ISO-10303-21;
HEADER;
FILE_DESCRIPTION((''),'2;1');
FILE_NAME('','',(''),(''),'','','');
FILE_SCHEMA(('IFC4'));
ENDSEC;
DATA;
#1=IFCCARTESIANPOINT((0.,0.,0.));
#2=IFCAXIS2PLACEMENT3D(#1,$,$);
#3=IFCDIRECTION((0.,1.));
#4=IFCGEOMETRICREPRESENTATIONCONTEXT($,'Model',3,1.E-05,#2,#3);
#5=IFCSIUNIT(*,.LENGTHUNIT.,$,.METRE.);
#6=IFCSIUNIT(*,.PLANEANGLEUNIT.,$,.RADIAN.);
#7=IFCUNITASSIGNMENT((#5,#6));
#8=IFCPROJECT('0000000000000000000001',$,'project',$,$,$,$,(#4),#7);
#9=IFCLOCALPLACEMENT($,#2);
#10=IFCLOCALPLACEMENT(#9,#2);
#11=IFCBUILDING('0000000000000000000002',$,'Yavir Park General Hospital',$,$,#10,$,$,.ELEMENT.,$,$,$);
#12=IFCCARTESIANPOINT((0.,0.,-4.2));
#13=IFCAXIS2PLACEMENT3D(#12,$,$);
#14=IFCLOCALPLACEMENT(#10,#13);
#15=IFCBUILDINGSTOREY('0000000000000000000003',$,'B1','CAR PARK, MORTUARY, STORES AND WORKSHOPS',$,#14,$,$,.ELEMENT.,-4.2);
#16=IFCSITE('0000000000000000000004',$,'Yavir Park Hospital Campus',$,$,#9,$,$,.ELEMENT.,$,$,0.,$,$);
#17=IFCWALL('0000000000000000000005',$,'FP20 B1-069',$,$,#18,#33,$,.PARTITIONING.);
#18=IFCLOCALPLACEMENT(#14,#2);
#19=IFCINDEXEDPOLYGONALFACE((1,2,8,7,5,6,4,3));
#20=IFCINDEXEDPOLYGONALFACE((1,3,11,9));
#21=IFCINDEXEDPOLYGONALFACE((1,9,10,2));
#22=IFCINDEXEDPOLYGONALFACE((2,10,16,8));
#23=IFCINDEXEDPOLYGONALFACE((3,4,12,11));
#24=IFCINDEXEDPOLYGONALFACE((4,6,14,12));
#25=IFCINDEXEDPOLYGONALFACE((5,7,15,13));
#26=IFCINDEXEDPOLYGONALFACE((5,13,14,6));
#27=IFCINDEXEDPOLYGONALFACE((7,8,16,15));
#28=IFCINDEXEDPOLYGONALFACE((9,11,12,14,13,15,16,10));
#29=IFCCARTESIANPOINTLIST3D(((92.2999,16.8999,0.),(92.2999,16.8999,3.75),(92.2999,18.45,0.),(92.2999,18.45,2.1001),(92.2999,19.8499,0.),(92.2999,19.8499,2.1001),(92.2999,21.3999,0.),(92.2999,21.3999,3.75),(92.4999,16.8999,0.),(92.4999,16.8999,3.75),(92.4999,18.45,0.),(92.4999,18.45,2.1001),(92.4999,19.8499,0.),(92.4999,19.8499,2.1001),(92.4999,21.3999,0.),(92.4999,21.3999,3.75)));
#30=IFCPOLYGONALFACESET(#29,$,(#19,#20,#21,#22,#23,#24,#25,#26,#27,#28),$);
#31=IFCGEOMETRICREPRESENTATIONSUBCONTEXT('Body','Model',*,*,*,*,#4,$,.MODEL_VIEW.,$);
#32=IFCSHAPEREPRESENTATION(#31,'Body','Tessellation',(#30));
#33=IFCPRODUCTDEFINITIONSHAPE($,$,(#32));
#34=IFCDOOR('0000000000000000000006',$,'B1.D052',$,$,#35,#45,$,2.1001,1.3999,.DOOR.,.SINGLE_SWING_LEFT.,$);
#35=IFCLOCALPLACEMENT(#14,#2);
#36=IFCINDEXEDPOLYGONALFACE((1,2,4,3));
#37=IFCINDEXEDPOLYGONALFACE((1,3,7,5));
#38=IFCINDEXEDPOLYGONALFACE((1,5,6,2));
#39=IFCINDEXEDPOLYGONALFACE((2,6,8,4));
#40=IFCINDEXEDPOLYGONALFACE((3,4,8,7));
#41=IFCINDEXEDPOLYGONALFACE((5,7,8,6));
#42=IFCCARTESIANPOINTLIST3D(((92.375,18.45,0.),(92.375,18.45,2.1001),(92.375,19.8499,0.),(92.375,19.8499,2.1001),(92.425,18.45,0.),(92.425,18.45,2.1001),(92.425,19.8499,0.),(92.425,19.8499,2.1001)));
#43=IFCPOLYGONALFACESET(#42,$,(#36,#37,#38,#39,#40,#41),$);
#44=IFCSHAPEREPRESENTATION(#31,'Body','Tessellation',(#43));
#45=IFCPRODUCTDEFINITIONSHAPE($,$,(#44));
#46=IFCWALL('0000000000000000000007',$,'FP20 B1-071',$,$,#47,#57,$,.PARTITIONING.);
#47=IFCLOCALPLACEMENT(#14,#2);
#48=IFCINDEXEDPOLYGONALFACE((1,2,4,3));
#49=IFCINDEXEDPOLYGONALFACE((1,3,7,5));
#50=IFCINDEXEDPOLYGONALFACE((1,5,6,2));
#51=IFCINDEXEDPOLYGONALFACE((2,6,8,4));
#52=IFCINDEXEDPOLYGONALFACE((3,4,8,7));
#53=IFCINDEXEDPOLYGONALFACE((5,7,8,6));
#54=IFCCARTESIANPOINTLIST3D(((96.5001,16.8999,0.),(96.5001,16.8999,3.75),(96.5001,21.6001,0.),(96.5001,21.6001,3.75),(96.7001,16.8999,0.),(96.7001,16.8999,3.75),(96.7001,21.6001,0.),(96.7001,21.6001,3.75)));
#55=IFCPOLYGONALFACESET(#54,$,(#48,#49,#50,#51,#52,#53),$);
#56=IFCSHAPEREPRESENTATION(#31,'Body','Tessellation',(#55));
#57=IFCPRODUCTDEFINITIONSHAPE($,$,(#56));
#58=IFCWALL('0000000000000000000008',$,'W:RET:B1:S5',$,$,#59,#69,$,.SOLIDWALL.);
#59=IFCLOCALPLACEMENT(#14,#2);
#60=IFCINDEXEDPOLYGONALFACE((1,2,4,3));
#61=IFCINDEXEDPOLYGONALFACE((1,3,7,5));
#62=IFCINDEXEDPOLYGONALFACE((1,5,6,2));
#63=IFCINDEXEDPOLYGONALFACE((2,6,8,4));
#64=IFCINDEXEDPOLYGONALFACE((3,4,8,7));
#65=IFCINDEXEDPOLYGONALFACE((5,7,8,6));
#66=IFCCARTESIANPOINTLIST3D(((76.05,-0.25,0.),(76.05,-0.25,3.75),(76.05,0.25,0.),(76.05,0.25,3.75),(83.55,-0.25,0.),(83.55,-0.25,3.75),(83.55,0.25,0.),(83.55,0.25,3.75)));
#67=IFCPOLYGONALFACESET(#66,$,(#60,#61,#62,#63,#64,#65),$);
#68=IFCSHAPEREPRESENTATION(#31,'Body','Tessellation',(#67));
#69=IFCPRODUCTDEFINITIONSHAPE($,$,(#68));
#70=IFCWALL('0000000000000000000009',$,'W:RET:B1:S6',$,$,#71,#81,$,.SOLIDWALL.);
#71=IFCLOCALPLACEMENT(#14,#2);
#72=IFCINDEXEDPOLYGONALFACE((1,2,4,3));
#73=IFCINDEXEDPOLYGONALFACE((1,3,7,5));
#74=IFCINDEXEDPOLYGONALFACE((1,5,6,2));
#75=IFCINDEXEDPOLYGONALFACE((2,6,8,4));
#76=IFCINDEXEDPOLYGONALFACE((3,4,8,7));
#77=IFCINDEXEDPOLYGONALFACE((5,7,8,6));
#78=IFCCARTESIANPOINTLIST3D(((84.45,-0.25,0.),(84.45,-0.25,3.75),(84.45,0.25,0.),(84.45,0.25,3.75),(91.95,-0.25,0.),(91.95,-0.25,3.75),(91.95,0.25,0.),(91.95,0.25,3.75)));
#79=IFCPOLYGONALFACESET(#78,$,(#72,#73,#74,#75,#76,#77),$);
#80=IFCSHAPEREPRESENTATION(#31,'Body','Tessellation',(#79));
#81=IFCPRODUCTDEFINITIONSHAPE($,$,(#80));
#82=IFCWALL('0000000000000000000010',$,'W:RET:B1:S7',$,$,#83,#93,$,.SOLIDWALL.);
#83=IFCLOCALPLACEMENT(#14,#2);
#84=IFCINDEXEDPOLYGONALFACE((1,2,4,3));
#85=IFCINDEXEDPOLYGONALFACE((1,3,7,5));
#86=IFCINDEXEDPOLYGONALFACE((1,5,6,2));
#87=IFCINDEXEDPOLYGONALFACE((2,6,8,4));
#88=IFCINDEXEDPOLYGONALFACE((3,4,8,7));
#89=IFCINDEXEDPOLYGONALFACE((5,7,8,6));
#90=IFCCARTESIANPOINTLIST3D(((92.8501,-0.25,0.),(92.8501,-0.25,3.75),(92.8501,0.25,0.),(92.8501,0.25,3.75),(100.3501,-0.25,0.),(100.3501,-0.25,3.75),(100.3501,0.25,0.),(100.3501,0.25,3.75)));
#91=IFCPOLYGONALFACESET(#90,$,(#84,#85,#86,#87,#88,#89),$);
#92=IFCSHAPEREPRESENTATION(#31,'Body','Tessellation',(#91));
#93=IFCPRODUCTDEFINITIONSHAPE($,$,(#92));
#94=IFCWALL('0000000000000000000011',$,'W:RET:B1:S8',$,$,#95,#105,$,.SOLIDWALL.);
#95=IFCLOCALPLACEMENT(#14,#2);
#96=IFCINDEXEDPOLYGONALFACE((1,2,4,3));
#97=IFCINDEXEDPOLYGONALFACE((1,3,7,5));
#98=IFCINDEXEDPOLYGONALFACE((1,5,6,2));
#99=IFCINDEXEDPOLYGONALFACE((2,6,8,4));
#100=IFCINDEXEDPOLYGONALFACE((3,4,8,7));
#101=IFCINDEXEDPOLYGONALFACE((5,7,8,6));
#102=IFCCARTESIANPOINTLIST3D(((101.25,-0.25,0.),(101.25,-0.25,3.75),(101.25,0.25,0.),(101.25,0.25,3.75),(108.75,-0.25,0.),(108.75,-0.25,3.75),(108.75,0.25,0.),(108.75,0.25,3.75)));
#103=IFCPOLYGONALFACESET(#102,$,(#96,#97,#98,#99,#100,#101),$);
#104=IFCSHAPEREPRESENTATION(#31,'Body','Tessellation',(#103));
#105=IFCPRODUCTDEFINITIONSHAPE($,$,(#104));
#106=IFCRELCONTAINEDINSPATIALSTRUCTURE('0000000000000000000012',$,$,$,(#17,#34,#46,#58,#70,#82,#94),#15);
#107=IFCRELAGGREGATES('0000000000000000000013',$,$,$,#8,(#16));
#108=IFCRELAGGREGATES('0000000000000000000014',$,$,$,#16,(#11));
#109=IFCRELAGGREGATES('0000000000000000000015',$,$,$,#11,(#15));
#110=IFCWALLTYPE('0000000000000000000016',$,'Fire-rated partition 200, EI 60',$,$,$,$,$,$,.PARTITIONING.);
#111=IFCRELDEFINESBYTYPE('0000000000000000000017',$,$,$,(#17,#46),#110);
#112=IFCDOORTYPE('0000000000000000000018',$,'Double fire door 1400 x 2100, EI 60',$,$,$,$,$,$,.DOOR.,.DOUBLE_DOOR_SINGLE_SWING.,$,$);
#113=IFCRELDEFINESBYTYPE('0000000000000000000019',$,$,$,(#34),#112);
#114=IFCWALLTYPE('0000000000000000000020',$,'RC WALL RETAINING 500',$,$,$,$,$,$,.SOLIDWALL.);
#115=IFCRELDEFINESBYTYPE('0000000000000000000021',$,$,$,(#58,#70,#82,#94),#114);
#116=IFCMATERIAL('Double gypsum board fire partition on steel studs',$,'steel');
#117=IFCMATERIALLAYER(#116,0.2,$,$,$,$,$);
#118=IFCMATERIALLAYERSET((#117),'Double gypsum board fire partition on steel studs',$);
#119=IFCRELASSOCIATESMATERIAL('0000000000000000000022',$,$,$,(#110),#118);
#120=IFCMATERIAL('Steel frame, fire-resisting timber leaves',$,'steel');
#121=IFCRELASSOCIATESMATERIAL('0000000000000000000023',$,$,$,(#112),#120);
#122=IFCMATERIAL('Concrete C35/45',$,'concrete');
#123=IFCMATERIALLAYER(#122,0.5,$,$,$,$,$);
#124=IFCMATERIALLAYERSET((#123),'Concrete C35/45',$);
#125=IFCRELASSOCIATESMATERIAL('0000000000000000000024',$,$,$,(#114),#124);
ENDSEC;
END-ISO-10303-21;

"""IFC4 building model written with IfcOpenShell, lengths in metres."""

from ifc_helpers import new_model, si_unit, direction, frame, frame_2d, origin, place, context, subcontext, project, spatial, rectangle, extrude, material, layer, layer_set, type_object, element, fill, save


model = new_model("IFC4")

# Units and contexts
model_context = context("Model", 3, precision=1e-05, world=origin(), true_north=direction((0.0, 1.0)))
body_context = subcontext(model_context, "Body", "Model", "MODEL_VIEW")
ifc_project = project(units=[si_unit("LENGTHUNIT", "METRE"), si_unit("PLANEANGLEUNIT", "RADIAN")], contexts=[model_context])

# Site, building, storey
site_placement = place(None, origin())
site = spatial("IfcSite", under=ifc_project, at=site_placement, Name="Yavir Park Hospital Campus", CompositionType="ELEMENT", RefElevation=0.0)
building_placement = place(site_placement, origin())
building = spatial("IfcBuilding", under=site, at=building_placement, Name="Yavir Park General Hospital", CompositionType="ELEMENT")
storey_placement = place(building_placement, frame((0.0, 0.0, -4.2)))
storey = spatial("IfcBuildingStorey", under=building, at=storey_placement, Name="B1", Description="CAR PARK, MORTUARY, STORES AND WORKSHOPS", CompositionType="ELEMENT", Elevation=-4.2)

# Wall, opening, door
ifc_material_1 = material(Name="Double gypsum board fire partition on steel studs", Category="steel")
ifc_layer_1 = layer(ifc_material_1, 0.2)
ifc_layer_set_1 = layer_set([ifc_layer_1], Name="Double gypsum board fire partition on steel studs")
wall_type_1 = type_object("IfcWallType", Name="Fire-rated partition 200, EI 60", PredefinedType="PARTITIONING", material=ifc_layer_set_1)
wall_1_placement = place(storey_placement, frame((92.3999, 16.8999, 0.0), z_axis=(0.0, 0.0, 1.0), x_axis=(0.0, 1.0, 0.0)))
wall_1 = element("IfcWall", 1, at=wall_1_placement, inside=storey, type_object=wall_type_1, Name="FP20 B1-069", PredefinedType="PARTITIONING", context=body_context, shape_type="SweptSolid", body=[
    extrude(rectangle(XDim=4.5, YDim=0.2, at=frame_2d((2.25, 0.0))), origin(), (0.0, 0.0, 1.0), 3.75),
])
opening_1_placement = place(wall_1_placement, frame((1.55, 0.0, 0.0)))
opening_1 = element("IfcOpeningElement", 2, at=opening_1_placement, cuts=wall_1, PredefinedType="OPENING", context=body_context, shape_type="SweptSolid", body=[
    extrude(rectangle(XDim=1.3999, YDim=2.1001, at=frame_2d((0.7, 1.05))), frame((0.0, 0.1099, 0.0), z_axis=(0.0, -1.0, 0.0), x_axis=(1.0, 0.0, 0.0)), (0.0, 0.0, 1.0), 0.22),
])
ifc_material_2 = material(Name="Steel frame, fire-resisting timber leaves", Category="steel")
door_type_1 = type_object("IfcDoorType", Name="Double fire door 1400 x 2100, EI 60", OperationType="DOUBLE_DOOR_SINGLE_SWING", PredefinedType="DOOR", material=ifc_material_2)
door_1_placement = place(opening_1_placement, origin())
door_1 = element("IfcDoor", 3, at=door_1_placement, inside=storey, type_object=door_type_1, Name="B1.D052", OperationType="SINGLE_SWING_LEFT", OverallHeight=2.1001, OverallWidth=1.3999, PredefinedType="DOOR", context=body_context, shape_type="SweptSolid", body=[
    extrude(rectangle(XDim=1.3999, YDim=2.1001, at=frame_2d((0.7, 1.05))), frame((0.0, 0.0249, 0.0), z_axis=(0.0, -1.0, 0.0), x_axis=(1.0, 0.0, 0.0)), (0.0, 0.0, 1.0), 0.05),
])
fill(opening_1, door_1)

# Walls
wall_2_placement = place(storey_placement, frame((96.6001, 16.8999, 0.0), z_axis=(0.0, 0.0, 1.0), x_axis=(0.0, 1.0, 0.0)))
element("IfcWall", 4, at=wall_2_placement, inside=storey, type_object=wall_type_1, Name="FP20 B1-071", PredefinedType="PARTITIONING", context=body_context, shape_type="SweptSolid", body=[
    extrude(rectangle(XDim=4.7002, YDim=0.2, at=frame_2d((2.3501, 0.0))), origin(), (0.0, 0.0, 1.0), 3.75),
])
ifc_material_3 = material(Name="Concrete C35/45", Category="concrete")
ifc_layer_2 = layer(ifc_material_3, 0.5)
ifc_layer_set_2 = layer_set([ifc_layer_2], Name="Concrete C35/45")
wall_type_2 = type_object("IfcWallType", Name="RC WALL RETAINING 500", PredefinedType="SOLIDWALL", material=ifc_layer_set_2)
for number, where, z_axis, x_axis, name in (
    (5, (76.05, 0.0, 0.0), (0.0, 0.0, 1.0), (1.0, 0.0, 0.0), "W:RET:B1:S5"),
    (6, (84.45, 0.0, 0.0), (0.0, 0.0, 1.0), (1.0, 0.0, 0.0), "W:RET:B1:S6"),
    (7, (92.8501, 0.0, 0.0), (0.0, 0.0, 1.0), (1.0, 0.0, 0.0), "W:RET:B1:S7"),
    (8, (101.25, 0.0, 0.0), (0.0, 0.0, 1.0), (1.0, 0.0, 0.0), "W:RET:B1:S8"),
):
    element("IfcWall", number, at=place(storey_placement, frame(where, z_axis=z_axis, x_axis=x_axis)), inside=storey, type_object=wall_type_2, Name=name, PredefinedType="SOLIDWALL", context=body_context, shape_type="SweptSolid", body=[
        extrude(rectangle(XDim=7.5, YDim=0.5, at=frame_2d((3.75, 0.0))), origin(), (0.0, 0.0, 1.0), 3.75),
    ])

save(model, "model.ifc")
